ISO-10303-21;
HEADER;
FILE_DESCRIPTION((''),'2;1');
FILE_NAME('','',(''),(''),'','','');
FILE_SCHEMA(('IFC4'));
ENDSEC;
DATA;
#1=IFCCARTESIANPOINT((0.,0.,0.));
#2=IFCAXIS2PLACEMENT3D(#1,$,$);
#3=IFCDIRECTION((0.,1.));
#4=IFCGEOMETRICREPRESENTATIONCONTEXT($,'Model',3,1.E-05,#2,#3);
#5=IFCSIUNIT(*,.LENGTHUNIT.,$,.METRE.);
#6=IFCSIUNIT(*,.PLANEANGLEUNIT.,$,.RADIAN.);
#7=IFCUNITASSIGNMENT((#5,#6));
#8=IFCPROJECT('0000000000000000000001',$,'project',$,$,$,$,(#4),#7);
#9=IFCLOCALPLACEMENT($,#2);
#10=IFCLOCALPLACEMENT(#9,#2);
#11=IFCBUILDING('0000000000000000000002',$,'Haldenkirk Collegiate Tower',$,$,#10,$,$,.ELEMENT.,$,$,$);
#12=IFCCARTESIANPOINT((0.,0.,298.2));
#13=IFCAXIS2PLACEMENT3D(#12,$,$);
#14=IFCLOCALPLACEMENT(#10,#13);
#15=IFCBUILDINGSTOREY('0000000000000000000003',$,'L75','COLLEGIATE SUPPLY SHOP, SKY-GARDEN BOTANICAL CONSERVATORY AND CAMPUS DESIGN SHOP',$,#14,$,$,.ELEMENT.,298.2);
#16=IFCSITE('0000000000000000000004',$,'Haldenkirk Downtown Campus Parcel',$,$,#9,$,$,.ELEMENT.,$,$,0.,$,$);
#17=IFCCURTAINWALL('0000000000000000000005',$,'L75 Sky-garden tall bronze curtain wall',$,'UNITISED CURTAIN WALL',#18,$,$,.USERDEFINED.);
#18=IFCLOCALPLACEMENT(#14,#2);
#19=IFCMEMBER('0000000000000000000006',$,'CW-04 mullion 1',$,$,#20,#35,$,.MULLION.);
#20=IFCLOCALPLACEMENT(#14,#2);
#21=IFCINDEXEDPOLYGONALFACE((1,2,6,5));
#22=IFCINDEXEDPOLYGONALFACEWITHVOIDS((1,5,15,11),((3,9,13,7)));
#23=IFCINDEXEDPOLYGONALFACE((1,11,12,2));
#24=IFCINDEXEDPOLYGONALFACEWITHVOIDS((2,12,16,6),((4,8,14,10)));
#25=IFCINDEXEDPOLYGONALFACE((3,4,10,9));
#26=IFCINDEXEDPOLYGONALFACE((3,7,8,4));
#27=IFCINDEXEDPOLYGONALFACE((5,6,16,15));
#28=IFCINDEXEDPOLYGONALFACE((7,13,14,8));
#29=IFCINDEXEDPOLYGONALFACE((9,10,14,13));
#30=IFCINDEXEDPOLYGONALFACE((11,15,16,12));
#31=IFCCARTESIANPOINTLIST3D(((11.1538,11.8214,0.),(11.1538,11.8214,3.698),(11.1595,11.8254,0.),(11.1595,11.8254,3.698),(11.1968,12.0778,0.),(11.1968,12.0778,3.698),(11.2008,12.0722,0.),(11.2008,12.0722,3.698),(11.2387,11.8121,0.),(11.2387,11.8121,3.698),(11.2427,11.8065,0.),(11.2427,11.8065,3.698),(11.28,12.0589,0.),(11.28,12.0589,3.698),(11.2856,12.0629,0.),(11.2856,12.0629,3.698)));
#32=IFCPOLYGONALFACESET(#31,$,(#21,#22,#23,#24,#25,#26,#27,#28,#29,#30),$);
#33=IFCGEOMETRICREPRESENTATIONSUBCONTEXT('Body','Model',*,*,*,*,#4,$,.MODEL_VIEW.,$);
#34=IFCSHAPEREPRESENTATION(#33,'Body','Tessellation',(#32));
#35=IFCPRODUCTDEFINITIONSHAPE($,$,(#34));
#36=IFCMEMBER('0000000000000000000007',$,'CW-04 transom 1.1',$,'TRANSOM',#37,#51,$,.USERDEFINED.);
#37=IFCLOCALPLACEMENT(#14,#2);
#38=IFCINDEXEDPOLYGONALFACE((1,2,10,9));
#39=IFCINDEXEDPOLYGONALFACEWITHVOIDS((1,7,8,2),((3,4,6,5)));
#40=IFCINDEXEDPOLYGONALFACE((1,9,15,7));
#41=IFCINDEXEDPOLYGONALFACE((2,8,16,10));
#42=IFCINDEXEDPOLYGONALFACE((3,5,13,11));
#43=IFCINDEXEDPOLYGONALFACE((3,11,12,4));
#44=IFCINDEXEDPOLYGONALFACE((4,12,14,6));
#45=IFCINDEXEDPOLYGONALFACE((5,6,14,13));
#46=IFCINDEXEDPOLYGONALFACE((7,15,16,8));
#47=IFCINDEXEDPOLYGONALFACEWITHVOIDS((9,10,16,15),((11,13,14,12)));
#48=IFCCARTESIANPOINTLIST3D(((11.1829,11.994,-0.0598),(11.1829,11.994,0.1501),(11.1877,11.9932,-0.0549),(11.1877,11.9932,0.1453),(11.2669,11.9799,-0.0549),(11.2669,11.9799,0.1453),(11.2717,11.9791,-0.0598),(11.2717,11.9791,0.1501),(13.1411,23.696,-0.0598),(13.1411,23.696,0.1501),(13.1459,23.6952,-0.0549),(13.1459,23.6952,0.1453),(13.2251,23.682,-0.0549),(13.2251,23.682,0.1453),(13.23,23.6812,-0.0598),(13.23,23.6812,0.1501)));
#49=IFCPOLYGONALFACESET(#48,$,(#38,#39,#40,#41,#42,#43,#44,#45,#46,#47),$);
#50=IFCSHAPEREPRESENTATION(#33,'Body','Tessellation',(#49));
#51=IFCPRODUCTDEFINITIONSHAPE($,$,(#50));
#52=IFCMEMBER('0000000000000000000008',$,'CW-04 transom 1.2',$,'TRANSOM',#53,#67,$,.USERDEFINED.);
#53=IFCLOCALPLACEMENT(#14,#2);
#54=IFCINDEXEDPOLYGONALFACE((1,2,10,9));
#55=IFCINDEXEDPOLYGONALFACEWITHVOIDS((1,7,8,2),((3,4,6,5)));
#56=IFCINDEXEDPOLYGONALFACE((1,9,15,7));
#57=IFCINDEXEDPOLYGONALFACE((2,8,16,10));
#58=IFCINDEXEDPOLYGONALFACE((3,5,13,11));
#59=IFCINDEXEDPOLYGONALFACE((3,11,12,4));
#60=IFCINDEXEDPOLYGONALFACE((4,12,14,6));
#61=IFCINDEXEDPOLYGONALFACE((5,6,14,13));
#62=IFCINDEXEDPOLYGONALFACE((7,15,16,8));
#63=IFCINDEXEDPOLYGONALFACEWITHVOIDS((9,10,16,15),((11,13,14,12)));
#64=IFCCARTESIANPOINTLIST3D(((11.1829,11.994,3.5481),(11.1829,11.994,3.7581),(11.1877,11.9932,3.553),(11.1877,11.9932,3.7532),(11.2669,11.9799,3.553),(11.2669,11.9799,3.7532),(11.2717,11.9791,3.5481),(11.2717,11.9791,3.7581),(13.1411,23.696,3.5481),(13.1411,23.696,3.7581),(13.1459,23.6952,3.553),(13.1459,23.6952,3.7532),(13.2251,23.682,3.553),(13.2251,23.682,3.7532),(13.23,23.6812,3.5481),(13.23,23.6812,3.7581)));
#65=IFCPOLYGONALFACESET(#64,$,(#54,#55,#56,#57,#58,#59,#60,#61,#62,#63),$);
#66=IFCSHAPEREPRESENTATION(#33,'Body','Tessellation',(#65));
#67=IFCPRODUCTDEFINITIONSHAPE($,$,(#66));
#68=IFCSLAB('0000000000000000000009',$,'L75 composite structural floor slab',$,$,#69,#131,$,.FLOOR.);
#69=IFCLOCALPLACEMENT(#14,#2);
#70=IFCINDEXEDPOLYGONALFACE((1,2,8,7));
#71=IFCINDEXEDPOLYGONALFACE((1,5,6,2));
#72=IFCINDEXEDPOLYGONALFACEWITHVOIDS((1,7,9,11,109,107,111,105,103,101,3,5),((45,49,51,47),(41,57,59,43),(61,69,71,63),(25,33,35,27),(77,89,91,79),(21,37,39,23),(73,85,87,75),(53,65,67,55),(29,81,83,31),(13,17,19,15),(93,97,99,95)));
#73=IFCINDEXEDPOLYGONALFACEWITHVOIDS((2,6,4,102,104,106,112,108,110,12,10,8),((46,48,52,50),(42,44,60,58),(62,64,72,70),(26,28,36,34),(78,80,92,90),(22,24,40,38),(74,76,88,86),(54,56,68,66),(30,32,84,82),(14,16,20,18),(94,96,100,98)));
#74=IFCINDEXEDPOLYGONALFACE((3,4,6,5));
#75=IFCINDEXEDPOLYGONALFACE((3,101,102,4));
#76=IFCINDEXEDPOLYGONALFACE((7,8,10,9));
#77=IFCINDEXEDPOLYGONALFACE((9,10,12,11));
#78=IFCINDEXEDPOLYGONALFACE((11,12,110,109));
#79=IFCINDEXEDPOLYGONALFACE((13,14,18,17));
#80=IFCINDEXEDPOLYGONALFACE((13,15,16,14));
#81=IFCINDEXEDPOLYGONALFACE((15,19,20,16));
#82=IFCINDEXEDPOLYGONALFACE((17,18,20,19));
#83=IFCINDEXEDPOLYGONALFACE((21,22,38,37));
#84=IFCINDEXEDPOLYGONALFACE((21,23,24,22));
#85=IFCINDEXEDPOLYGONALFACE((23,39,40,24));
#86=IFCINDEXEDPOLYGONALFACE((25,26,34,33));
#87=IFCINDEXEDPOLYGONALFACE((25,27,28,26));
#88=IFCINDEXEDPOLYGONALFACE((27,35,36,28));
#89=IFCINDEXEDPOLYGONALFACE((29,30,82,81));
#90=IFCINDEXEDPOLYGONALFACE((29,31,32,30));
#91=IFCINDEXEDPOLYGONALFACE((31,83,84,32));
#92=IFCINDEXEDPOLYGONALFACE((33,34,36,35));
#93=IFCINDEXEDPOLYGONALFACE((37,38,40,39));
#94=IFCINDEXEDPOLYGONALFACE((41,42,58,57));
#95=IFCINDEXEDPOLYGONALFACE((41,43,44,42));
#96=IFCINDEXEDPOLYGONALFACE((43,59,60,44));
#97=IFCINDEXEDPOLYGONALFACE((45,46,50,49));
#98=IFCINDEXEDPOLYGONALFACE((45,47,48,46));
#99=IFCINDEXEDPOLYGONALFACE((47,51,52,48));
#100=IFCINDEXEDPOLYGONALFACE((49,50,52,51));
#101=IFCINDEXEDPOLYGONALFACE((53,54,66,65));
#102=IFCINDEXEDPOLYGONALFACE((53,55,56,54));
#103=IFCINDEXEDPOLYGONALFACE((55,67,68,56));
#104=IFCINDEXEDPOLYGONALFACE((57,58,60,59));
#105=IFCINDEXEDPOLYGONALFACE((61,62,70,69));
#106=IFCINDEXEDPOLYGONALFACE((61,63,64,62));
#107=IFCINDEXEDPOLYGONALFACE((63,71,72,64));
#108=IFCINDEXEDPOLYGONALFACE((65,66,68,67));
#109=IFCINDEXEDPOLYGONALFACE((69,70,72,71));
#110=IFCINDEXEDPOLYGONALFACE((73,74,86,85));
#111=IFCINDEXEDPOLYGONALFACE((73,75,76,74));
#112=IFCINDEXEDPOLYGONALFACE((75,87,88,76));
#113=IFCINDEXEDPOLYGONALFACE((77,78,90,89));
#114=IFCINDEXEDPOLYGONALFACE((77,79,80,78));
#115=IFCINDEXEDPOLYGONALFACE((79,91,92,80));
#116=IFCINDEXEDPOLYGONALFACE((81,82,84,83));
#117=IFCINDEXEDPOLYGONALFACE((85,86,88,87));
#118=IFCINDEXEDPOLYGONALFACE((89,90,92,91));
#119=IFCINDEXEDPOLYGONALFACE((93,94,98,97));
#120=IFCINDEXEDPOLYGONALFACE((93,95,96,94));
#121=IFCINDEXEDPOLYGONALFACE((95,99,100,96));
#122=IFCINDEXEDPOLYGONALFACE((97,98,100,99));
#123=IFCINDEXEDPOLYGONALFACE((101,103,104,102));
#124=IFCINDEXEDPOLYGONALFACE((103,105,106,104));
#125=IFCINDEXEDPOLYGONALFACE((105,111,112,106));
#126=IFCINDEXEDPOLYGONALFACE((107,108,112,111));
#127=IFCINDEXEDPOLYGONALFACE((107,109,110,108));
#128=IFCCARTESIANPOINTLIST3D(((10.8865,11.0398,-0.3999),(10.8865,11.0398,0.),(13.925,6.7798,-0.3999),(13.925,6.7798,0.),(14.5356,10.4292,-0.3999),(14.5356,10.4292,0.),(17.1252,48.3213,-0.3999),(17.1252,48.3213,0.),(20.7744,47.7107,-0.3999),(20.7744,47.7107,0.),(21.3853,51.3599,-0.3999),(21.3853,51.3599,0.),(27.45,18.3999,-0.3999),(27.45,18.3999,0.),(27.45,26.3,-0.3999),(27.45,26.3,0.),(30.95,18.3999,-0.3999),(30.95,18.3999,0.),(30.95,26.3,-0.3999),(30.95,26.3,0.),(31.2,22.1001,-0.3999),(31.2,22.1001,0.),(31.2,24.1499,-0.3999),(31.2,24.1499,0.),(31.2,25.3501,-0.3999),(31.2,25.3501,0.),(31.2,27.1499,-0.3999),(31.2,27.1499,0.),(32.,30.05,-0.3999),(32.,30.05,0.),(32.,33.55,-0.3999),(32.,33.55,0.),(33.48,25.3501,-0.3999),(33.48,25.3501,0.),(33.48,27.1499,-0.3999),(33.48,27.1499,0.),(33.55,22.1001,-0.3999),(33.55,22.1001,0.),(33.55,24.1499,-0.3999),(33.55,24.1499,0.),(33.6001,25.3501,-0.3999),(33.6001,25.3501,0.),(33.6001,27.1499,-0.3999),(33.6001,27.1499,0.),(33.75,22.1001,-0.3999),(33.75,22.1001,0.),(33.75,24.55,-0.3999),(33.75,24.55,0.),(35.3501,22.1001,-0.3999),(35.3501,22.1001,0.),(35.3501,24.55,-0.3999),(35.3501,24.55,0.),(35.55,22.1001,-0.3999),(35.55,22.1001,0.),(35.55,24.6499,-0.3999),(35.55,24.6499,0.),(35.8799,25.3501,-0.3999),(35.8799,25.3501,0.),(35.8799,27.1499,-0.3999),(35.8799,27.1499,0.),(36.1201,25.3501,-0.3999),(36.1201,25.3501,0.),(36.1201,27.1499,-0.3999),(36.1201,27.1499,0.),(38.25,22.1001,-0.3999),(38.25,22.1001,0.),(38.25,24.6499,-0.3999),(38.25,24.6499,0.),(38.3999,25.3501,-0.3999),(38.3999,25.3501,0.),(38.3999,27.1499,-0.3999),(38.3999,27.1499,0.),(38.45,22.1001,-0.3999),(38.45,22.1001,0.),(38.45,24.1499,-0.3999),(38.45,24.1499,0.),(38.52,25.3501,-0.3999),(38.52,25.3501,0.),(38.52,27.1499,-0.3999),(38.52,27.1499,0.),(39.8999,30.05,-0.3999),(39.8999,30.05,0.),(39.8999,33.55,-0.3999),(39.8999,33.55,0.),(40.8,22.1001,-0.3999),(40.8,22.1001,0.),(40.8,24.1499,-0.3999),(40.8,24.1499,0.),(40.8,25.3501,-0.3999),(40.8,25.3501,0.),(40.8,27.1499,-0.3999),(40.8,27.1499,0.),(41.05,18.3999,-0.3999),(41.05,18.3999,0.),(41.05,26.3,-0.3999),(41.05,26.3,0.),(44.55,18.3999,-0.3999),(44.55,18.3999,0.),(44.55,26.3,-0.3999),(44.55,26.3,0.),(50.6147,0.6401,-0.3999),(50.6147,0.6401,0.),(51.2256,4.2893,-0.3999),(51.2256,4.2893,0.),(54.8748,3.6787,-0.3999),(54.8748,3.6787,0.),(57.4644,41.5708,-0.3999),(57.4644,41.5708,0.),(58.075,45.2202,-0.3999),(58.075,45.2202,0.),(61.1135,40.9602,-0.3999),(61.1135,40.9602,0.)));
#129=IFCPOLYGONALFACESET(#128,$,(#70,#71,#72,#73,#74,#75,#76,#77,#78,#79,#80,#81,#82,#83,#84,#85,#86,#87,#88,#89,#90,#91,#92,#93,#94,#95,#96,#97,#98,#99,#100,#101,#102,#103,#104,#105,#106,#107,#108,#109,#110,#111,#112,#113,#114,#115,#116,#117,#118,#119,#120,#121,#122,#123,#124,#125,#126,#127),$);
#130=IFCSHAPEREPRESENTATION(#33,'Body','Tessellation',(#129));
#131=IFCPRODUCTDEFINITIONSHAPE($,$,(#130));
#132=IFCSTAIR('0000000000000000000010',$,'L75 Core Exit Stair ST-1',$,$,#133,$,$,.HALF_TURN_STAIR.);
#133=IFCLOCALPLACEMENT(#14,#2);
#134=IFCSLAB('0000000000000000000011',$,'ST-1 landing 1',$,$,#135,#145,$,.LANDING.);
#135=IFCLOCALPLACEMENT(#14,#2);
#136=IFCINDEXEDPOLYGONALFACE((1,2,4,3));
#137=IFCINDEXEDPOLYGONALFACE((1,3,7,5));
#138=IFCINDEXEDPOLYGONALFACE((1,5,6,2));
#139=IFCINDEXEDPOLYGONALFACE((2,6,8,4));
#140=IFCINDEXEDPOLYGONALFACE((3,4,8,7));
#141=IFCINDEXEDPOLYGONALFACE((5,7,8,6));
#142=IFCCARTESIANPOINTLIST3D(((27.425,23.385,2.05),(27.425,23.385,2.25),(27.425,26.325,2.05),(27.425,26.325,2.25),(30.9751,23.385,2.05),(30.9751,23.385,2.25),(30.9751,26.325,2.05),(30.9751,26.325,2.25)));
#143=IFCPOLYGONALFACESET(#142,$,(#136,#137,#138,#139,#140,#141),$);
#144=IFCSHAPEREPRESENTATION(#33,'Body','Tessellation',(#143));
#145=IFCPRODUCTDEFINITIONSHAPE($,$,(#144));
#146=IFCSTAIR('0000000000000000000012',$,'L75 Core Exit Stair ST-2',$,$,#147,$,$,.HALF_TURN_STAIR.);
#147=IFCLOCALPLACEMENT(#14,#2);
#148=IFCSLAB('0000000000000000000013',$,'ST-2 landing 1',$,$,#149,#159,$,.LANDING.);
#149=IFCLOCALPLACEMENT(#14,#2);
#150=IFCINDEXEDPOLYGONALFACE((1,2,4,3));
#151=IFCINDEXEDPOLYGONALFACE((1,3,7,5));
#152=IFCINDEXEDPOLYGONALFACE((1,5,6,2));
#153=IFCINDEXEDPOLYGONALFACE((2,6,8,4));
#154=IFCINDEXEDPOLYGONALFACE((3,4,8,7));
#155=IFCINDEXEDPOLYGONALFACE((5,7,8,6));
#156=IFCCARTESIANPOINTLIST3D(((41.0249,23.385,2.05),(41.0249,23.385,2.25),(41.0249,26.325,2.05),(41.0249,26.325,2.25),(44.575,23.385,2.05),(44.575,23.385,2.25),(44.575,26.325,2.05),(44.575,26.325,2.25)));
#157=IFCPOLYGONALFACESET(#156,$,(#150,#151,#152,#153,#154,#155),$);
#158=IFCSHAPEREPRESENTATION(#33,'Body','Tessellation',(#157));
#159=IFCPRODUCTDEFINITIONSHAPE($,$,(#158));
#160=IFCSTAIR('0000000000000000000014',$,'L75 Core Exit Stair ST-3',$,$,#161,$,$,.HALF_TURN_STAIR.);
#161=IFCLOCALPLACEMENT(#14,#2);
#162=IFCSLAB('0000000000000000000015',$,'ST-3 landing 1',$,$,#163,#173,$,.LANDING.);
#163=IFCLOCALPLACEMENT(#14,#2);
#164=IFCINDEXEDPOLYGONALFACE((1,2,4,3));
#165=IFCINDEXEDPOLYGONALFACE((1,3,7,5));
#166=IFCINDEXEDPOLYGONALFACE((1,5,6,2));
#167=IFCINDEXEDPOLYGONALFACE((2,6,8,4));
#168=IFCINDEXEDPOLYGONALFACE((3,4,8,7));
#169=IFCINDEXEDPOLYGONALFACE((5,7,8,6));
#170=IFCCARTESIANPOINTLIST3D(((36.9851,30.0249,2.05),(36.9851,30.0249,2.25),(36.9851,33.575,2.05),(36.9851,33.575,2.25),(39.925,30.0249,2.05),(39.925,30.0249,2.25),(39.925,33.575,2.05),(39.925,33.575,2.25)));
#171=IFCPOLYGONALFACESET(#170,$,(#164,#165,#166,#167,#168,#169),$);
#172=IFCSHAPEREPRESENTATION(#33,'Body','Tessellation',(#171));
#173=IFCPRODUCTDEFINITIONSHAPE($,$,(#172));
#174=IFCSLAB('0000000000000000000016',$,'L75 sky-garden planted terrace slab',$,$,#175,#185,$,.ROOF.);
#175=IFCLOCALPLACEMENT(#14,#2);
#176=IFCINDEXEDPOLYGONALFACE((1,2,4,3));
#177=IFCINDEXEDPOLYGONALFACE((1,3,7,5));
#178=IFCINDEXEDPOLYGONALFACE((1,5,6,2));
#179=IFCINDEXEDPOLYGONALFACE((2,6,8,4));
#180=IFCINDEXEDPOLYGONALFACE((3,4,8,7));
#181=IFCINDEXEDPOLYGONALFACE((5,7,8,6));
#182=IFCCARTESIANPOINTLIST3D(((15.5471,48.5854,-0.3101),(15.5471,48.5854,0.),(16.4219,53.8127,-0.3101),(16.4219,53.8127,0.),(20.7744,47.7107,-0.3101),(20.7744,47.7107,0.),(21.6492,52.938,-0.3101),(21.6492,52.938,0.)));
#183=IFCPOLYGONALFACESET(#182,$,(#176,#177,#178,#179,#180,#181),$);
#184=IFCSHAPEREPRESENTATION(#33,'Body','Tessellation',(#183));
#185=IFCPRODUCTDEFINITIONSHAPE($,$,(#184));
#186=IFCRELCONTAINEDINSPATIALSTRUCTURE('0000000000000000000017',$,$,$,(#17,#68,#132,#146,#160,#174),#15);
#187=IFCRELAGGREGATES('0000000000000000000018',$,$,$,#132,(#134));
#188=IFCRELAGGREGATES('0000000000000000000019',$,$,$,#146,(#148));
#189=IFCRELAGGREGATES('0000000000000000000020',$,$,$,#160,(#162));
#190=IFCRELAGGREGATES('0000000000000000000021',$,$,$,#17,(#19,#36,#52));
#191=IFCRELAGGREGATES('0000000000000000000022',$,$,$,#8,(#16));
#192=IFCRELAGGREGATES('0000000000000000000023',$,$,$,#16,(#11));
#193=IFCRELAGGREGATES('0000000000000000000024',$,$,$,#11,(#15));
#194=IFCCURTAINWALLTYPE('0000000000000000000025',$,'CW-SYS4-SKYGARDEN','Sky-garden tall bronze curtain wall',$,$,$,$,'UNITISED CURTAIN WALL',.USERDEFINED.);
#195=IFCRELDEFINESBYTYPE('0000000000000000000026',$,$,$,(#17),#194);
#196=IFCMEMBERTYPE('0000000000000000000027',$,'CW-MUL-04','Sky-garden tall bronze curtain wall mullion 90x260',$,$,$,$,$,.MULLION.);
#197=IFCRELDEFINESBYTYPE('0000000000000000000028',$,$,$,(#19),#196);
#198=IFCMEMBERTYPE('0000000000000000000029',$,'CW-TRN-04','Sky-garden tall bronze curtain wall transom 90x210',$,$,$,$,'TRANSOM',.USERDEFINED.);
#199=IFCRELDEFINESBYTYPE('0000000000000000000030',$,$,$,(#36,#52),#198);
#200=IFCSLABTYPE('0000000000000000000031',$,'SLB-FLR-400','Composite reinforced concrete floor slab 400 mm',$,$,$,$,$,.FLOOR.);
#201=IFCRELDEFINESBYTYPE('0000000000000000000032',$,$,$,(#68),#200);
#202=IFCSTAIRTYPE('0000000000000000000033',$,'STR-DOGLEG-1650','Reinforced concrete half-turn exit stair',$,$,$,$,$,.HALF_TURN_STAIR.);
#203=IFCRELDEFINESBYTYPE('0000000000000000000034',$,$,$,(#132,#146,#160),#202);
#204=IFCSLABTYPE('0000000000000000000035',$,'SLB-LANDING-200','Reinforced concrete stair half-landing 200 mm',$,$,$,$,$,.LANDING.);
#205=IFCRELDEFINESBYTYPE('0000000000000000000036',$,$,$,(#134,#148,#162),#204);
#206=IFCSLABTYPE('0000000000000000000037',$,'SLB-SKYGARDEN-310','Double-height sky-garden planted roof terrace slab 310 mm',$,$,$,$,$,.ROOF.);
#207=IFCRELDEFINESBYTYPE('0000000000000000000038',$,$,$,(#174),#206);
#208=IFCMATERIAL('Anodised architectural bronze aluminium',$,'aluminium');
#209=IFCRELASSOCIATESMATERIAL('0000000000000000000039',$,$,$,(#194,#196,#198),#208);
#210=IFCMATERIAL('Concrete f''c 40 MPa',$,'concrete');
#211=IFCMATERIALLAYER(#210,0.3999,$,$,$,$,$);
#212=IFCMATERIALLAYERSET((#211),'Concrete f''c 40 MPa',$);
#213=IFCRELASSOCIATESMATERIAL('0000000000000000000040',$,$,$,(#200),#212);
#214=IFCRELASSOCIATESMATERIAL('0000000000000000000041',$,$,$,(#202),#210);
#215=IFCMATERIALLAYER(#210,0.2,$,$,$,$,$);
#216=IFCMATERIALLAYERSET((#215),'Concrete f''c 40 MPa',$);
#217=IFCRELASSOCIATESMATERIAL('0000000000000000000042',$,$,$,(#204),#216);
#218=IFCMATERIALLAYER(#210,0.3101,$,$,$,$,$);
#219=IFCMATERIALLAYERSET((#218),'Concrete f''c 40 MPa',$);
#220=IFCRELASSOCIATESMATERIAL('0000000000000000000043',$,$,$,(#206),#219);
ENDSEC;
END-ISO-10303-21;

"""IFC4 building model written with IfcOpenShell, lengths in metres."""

from ifc_helpers import new_model, si_unit, direction, frame, origin, origin_2d, place, context, subcontext, project, spatial, polyline, hollow_rectangle, outline, extrude, material, layer, layer_set, material_profile, profile_set, type_object, element, aggregate, save


model = new_model("IFC4")

# Units and contexts
model_context = context("Model", 3, precision=1e-05, world=origin(), true_north=direction((0.0, 1.0)))
body_context = subcontext(model_context, "Body", "Model", "MODEL_VIEW")
ifc_project = project(units=[si_unit("LENGTHUNIT", "METRE"), si_unit("PLANEANGLEUNIT", "RADIAN")], contexts=[model_context])

# Site, building, storey
site_placement = place(None, origin())
site = spatial("IfcSite", under=ifc_project, at=site_placement, Name="Haldenkirk Downtown Campus Parcel", CompositionType="ELEMENT", RefElevation=0.0)
building_placement = place(site_placement, origin())
building = spatial("IfcBuilding", under=site, at=building_placement, Name="Haldenkirk Collegiate Tower", CompositionType="ELEMENT")
storey_placement = place(building_placement, frame((0.0, 0.0, 298.2)))
storey = spatial("IfcBuildingStorey", under=building, at=storey_placement, Name="L75", Description="COLLEGIATE SUPPLY SHOP, SKY-GARDEN BOTANICAL CONSERVATORY AND CAMPUS DESIGN SHOP", CompositionType="ELEMENT", Elevation=298.2)

# Curtain wall, members
ifc_material_1 = material(Name="Anodised architectural bronze aluminium", Category="aluminium")
curtain_wall_type = type_object("IfcCurtainWallType", Name="CW-SYS4-SKYGARDEN", Description="Sky-garden tall bronze curtain wall", ElementType="UNITISED CURTAIN WALL", PredefinedType="USERDEFINED", material=ifc_material_1)
curtain_wall_placement = place(storey_placement, origin())
curtain_wall = element("IfcCurtainWall", 1, at=curtain_wall_placement, inside=storey, type_object=curtain_wall_type, Name="L75 Sky-garden tall bronze curtain wall", ObjectType="UNITISED CURTAIN WALL", PredefinedType="USERDEFINED")
ifc_material_profile_1 = material_profile(ifc_material_1, hollow_rectangle(XDim=0.0901, YDim=0.26, WallThickness=0.0049, at=origin_2d()), Name="CW-MUL-04")
ifc_profile_set_1 = profile_set([ifc_material_profile_1], Name="Anodised architectural bronze aluminium")
member_type_1 = type_object("IfcMemberType", Name="CW-MUL-04", Description="Sky-garden tall bronze curtain wall mullion 90x260", PredefinedType="MULLION", material=ifc_profile_set_1)
member_1_placement = place(storey_placement, frame((11.2197, 11.9421, 0.0), z_axis=(0.0, 0.0, 1.0), x_axis=(-0.986285, 0.16505, 0.0)))
member_1 = element("IfcMember", 2, at=member_1_placement, type_object=member_type_1, Name="CW-04 mullion 1", PredefinedType="MULLION", context=body_context, shape_type="SweptSolid", body=[
    extrude(hollow_rectangle(XDim=0.0901, YDim=0.26, WallThickness=0.0049, at=origin_2d()), origin(), (0.0, 0.0, 1.0), 3.698),
])
ifc_material_profile_2 = material_profile(ifc_material_1, hollow_rectangle(XDim=0.0901, YDim=0.21, WallThickness=0.0049, at=origin_2d()), Name="CW-TRN-04")
ifc_profile_set_2 = profile_set([ifc_material_profile_2], Name="Anodised architectural bronze aluminium")
member_type_2 = type_object("IfcMemberType", Name="CW-TRN-04", Description="Sky-garden tall bronze curtain wall transom 90x210", ElementType="TRANSOM", PredefinedType="USERDEFINED", material=ifc_profile_set_2)
member_2_placement = place(storey_placement, frame((11.2273, 11.9866, 0.0452), z_axis=(0.165046, 0.986286, 0.0), x_axis=(-0.986286, 0.165046, 0.0)))
member_2 = element("IfcMember", 3, at=member_2_placement, type_object=member_type_2, Name="CW-04 transom 1.1", ObjectType="TRANSOM", PredefinedType="USERDEFINED", context=body_context, shape_type="SweptSolid", body=[
    extrude(hollow_rectangle(XDim=0.0901, YDim=0.21, WallThickness=0.0049, at=origin_2d()), origin(), (0.0, 0.0, 1.0), 11.8647),
])
member_3_placement = place(storey_placement, frame((11.2273, 11.9866, 3.6531), z_axis=(0.165046, 0.986286, 0.0), x_axis=(-0.986286, 0.165046, 0.0)))
member_3 = element("IfcMember", 4, at=member_3_placement, type_object=member_type_2, Name="CW-04 transom 1.2", ObjectType="TRANSOM", PredefinedType="USERDEFINED", context=body_context, shape_type="SweptSolid", body=[
    extrude(hollow_rectangle(XDim=0.0901, YDim=0.21, WallThickness=0.0049, at=origin_2d()), origin(), (0.0, 0.0, 1.0), 11.8647),
])

# Slab
ifc_material_2 = material(Name="Concrete f'c 40 MPa", Category="concrete")
ifc_layer_1 = layer(ifc_material_2, 0.3999)
ifc_layer_set_1 = layer_set([ifc_layer_1], Name="Concrete f'c 40 MPa")
slab_type_1 = type_object("IfcSlabType", Name="SLB-FLR-400", Description="Composite reinforced concrete floor slab 400 mm", PredefinedType="FLOOR", material=ifc_layer_set_1)
slab_1_placement = place(storey_placement, frame((0.0, 0.0, -0.3999)))
element("IfcSlab", 5, at=slab_1_placement, inside=storey, type_object=slab_type_1, Name="L75 composite structural floor slab", PredefinedType="FLOOR", context=body_context, shape_type="SweptSolid", body=[
    extrude(outline(polyline([(54.8748, 3.6787), (61.1135, 40.9602), (57.4644, 41.5708), (58.075, 45.2202), (21.3853, 51.3599), (20.7744, 47.7107), (17.1252, 48.3213), (10.8865, 11.0398), (14.5356, 10.4292), (13.925, 6.7798), (50.6147, 0.6401), (51.2256, 4.2893), (54.8748, 3.6787)]), holes=[polyline([(27.45, 18.3999), (30.95, 18.3999), (30.95, 26.3), (27.45, 26.3), (27.45, 18.3999)]), polyline([(41.05, 18.3999), (44.55, 18.3999), (44.55, 26.3), (41.05, 26.3), (41.05, 18.3999)]), polyline([(32.0, 30.05), (39.8999, 30.05), (39.8999, 33.55), (32.0, 33.55), (32.0, 30.05)]), polyline([(33.75, 22.1001), (35.3501, 22.1001), (35.3501, 24.55), (33.75, 24.55), (33.75, 22.1001)]), polyline([(31.2, 25.3501), (33.48, 25.3501), (33.48, 27.1499), (31.2, 27.1499), (31.2, 25.3501)]), polyline([(33.6001, 25.3501), (35.8799, 25.3501), (35.8799, 27.1499), (33.6001, 27.1499), (33.6001, 25.3501)]), polyline([(36.1201, 25.3501), (38.3999, 25.3501), (38.3999, 27.1499), (36.1201, 27.1499), (36.1201, 25.3501)]), polyline([(38.52, 25.3501), (40.8, 25.3501), (40.8, 27.1499), (38.52, 27.1499), (38.52, 25.3501)]), polyline([(31.2, 22.1001), (33.55, 22.1001), (33.55, 24.1499), (31.2, 24.1499), (31.2, 22.1001)]), polyline([(38.45, 22.1001), (40.8, 22.1001), (40.8, 24.1499), (38.45, 24.1499), (38.45, 22.1001)]), polyline([(35.55, 22.1001), (38.25, 22.1001), (38.25, 24.6499), (35.55, 24.6499), (35.55, 22.1001)])]), origin(), (0.0, 0.0, 1.0), 0.3999),
])

# Stairs, slabs
stair_type = type_object("IfcStairType", Name="STR-DOGLEG-1650", Description="Reinforced concrete half-turn exit stair", PredefinedType="HALF_TURN_STAIR", material=ifc_material_2)
stair_1_placement = place(storey_placement, origin())
stair_1 = element("IfcStair", 6, at=stair_1_placement, inside=storey, type_object=stair_type, Name="L75 Core Exit Stair ST-1", PredefinedType="HALF_TURN_STAIR")
ifc_layer_2 = layer(ifc_material_2, 0.2)
ifc_layer_set_2 = layer_set([ifc_layer_2], Name="Concrete f'c 40 MPa")
slab_type_2 = type_object("IfcSlabType", Name="SLB-LANDING-200", Description="Reinforced concrete stair half-landing 200 mm", PredefinedType="LANDING", material=ifc_layer_set_2)
slab_2_placement = place(storey_placement, frame((0.0, 0.0, 2.05)))
slab_2 = element("IfcSlab", 7, at=slab_2_placement, type_object=slab_type_2, Name="ST-1 landing 1", PredefinedType="LANDING", context=body_context, shape_type="SweptSolid", body=[
    extrude(outline(polyline([(30.9751, 23.385), (27.425, 23.385), (27.425, 26.325), (30.9751, 26.325), (30.9751, 23.385)])), origin(), (0.0, 0.0, 1.0), 0.2),
])
aggregate(stair_1, [slab_2])
stair_2_placement = place(storey_placement, origin())
stair_2 = element("IfcStair", 8, at=stair_2_placement, inside=storey, type_object=stair_type, Name="L75 Core Exit Stair ST-2", PredefinedType="HALF_TURN_STAIR")
slab_3_placement = place(storey_placement, frame((0.0, 0.0, 2.05)))
slab_3 = element("IfcSlab", 9, at=slab_3_placement, type_object=slab_type_2, Name="ST-2 landing 1", PredefinedType="LANDING", context=body_context, shape_type="SweptSolid", body=[
    extrude(outline(polyline([(44.575, 23.385), (41.0249, 23.385), (41.0249, 26.325), (44.575, 26.325), (44.575, 23.385)])), origin(), (0.0, 0.0, 1.0), 0.2),
])
aggregate(stair_2, [slab_3])
stair_3_placement = place(storey_placement, origin())
stair_3 = element("IfcStair", 10, at=stair_3_placement, inside=storey, type_object=stair_type, Name="L75 Core Exit Stair ST-3", PredefinedType="HALF_TURN_STAIR")
slab_4_placement = place(storey_placement, frame((0.0, 0.0, 2.05)))
slab_4 = element("IfcSlab", 11, at=slab_4_placement, type_object=slab_type_2, Name="ST-3 landing 1", PredefinedType="LANDING", context=body_context, shape_type="SweptSolid", body=[
    extrude(outline(polyline([(36.9851, 30.0249), (36.9851, 33.575), (39.925, 33.575), (39.925, 30.0249), (36.9851, 30.0249)])), origin(), (0.0, 0.0, 1.0), 0.2),
])
aggregate(stair_3, [slab_4])

# Slab
ifc_layer_3 = layer(ifc_material_2, 0.3101)
ifc_layer_set_3 = layer_set([ifc_layer_3], Name="Concrete f'c 40 MPa")
slab_type_3 = type_object("IfcSlabType", Name="SLB-SKYGARDEN-310", Description="Double-height sky-garden planted roof terrace slab 310 mm", PredefinedType="ROOF", material=ifc_layer_set_3)
slab_5_placement = place(storey_placement, frame((0.0, 0.0, -0.3101)))
element("IfcSlab", 12, at=slab_5_placement, inside=storey, type_object=slab_type_3, Name="L75 sky-garden planted terrace slab", PredefinedType="ROOF", context=body_context, shape_type="SweptSolid", body=[
    extrude(outline(polyline([(20.7744, 47.7107), (21.6492, 52.938), (16.4219, 53.8127), (15.5471, 48.5854), (20.7744, 47.7107)])), origin(), (0.0, 0.0, 1.0), 0.3101),
])

aggregate(curtain_wall, [member_1, member_2, member_3])

save(model, "model.ifc")
